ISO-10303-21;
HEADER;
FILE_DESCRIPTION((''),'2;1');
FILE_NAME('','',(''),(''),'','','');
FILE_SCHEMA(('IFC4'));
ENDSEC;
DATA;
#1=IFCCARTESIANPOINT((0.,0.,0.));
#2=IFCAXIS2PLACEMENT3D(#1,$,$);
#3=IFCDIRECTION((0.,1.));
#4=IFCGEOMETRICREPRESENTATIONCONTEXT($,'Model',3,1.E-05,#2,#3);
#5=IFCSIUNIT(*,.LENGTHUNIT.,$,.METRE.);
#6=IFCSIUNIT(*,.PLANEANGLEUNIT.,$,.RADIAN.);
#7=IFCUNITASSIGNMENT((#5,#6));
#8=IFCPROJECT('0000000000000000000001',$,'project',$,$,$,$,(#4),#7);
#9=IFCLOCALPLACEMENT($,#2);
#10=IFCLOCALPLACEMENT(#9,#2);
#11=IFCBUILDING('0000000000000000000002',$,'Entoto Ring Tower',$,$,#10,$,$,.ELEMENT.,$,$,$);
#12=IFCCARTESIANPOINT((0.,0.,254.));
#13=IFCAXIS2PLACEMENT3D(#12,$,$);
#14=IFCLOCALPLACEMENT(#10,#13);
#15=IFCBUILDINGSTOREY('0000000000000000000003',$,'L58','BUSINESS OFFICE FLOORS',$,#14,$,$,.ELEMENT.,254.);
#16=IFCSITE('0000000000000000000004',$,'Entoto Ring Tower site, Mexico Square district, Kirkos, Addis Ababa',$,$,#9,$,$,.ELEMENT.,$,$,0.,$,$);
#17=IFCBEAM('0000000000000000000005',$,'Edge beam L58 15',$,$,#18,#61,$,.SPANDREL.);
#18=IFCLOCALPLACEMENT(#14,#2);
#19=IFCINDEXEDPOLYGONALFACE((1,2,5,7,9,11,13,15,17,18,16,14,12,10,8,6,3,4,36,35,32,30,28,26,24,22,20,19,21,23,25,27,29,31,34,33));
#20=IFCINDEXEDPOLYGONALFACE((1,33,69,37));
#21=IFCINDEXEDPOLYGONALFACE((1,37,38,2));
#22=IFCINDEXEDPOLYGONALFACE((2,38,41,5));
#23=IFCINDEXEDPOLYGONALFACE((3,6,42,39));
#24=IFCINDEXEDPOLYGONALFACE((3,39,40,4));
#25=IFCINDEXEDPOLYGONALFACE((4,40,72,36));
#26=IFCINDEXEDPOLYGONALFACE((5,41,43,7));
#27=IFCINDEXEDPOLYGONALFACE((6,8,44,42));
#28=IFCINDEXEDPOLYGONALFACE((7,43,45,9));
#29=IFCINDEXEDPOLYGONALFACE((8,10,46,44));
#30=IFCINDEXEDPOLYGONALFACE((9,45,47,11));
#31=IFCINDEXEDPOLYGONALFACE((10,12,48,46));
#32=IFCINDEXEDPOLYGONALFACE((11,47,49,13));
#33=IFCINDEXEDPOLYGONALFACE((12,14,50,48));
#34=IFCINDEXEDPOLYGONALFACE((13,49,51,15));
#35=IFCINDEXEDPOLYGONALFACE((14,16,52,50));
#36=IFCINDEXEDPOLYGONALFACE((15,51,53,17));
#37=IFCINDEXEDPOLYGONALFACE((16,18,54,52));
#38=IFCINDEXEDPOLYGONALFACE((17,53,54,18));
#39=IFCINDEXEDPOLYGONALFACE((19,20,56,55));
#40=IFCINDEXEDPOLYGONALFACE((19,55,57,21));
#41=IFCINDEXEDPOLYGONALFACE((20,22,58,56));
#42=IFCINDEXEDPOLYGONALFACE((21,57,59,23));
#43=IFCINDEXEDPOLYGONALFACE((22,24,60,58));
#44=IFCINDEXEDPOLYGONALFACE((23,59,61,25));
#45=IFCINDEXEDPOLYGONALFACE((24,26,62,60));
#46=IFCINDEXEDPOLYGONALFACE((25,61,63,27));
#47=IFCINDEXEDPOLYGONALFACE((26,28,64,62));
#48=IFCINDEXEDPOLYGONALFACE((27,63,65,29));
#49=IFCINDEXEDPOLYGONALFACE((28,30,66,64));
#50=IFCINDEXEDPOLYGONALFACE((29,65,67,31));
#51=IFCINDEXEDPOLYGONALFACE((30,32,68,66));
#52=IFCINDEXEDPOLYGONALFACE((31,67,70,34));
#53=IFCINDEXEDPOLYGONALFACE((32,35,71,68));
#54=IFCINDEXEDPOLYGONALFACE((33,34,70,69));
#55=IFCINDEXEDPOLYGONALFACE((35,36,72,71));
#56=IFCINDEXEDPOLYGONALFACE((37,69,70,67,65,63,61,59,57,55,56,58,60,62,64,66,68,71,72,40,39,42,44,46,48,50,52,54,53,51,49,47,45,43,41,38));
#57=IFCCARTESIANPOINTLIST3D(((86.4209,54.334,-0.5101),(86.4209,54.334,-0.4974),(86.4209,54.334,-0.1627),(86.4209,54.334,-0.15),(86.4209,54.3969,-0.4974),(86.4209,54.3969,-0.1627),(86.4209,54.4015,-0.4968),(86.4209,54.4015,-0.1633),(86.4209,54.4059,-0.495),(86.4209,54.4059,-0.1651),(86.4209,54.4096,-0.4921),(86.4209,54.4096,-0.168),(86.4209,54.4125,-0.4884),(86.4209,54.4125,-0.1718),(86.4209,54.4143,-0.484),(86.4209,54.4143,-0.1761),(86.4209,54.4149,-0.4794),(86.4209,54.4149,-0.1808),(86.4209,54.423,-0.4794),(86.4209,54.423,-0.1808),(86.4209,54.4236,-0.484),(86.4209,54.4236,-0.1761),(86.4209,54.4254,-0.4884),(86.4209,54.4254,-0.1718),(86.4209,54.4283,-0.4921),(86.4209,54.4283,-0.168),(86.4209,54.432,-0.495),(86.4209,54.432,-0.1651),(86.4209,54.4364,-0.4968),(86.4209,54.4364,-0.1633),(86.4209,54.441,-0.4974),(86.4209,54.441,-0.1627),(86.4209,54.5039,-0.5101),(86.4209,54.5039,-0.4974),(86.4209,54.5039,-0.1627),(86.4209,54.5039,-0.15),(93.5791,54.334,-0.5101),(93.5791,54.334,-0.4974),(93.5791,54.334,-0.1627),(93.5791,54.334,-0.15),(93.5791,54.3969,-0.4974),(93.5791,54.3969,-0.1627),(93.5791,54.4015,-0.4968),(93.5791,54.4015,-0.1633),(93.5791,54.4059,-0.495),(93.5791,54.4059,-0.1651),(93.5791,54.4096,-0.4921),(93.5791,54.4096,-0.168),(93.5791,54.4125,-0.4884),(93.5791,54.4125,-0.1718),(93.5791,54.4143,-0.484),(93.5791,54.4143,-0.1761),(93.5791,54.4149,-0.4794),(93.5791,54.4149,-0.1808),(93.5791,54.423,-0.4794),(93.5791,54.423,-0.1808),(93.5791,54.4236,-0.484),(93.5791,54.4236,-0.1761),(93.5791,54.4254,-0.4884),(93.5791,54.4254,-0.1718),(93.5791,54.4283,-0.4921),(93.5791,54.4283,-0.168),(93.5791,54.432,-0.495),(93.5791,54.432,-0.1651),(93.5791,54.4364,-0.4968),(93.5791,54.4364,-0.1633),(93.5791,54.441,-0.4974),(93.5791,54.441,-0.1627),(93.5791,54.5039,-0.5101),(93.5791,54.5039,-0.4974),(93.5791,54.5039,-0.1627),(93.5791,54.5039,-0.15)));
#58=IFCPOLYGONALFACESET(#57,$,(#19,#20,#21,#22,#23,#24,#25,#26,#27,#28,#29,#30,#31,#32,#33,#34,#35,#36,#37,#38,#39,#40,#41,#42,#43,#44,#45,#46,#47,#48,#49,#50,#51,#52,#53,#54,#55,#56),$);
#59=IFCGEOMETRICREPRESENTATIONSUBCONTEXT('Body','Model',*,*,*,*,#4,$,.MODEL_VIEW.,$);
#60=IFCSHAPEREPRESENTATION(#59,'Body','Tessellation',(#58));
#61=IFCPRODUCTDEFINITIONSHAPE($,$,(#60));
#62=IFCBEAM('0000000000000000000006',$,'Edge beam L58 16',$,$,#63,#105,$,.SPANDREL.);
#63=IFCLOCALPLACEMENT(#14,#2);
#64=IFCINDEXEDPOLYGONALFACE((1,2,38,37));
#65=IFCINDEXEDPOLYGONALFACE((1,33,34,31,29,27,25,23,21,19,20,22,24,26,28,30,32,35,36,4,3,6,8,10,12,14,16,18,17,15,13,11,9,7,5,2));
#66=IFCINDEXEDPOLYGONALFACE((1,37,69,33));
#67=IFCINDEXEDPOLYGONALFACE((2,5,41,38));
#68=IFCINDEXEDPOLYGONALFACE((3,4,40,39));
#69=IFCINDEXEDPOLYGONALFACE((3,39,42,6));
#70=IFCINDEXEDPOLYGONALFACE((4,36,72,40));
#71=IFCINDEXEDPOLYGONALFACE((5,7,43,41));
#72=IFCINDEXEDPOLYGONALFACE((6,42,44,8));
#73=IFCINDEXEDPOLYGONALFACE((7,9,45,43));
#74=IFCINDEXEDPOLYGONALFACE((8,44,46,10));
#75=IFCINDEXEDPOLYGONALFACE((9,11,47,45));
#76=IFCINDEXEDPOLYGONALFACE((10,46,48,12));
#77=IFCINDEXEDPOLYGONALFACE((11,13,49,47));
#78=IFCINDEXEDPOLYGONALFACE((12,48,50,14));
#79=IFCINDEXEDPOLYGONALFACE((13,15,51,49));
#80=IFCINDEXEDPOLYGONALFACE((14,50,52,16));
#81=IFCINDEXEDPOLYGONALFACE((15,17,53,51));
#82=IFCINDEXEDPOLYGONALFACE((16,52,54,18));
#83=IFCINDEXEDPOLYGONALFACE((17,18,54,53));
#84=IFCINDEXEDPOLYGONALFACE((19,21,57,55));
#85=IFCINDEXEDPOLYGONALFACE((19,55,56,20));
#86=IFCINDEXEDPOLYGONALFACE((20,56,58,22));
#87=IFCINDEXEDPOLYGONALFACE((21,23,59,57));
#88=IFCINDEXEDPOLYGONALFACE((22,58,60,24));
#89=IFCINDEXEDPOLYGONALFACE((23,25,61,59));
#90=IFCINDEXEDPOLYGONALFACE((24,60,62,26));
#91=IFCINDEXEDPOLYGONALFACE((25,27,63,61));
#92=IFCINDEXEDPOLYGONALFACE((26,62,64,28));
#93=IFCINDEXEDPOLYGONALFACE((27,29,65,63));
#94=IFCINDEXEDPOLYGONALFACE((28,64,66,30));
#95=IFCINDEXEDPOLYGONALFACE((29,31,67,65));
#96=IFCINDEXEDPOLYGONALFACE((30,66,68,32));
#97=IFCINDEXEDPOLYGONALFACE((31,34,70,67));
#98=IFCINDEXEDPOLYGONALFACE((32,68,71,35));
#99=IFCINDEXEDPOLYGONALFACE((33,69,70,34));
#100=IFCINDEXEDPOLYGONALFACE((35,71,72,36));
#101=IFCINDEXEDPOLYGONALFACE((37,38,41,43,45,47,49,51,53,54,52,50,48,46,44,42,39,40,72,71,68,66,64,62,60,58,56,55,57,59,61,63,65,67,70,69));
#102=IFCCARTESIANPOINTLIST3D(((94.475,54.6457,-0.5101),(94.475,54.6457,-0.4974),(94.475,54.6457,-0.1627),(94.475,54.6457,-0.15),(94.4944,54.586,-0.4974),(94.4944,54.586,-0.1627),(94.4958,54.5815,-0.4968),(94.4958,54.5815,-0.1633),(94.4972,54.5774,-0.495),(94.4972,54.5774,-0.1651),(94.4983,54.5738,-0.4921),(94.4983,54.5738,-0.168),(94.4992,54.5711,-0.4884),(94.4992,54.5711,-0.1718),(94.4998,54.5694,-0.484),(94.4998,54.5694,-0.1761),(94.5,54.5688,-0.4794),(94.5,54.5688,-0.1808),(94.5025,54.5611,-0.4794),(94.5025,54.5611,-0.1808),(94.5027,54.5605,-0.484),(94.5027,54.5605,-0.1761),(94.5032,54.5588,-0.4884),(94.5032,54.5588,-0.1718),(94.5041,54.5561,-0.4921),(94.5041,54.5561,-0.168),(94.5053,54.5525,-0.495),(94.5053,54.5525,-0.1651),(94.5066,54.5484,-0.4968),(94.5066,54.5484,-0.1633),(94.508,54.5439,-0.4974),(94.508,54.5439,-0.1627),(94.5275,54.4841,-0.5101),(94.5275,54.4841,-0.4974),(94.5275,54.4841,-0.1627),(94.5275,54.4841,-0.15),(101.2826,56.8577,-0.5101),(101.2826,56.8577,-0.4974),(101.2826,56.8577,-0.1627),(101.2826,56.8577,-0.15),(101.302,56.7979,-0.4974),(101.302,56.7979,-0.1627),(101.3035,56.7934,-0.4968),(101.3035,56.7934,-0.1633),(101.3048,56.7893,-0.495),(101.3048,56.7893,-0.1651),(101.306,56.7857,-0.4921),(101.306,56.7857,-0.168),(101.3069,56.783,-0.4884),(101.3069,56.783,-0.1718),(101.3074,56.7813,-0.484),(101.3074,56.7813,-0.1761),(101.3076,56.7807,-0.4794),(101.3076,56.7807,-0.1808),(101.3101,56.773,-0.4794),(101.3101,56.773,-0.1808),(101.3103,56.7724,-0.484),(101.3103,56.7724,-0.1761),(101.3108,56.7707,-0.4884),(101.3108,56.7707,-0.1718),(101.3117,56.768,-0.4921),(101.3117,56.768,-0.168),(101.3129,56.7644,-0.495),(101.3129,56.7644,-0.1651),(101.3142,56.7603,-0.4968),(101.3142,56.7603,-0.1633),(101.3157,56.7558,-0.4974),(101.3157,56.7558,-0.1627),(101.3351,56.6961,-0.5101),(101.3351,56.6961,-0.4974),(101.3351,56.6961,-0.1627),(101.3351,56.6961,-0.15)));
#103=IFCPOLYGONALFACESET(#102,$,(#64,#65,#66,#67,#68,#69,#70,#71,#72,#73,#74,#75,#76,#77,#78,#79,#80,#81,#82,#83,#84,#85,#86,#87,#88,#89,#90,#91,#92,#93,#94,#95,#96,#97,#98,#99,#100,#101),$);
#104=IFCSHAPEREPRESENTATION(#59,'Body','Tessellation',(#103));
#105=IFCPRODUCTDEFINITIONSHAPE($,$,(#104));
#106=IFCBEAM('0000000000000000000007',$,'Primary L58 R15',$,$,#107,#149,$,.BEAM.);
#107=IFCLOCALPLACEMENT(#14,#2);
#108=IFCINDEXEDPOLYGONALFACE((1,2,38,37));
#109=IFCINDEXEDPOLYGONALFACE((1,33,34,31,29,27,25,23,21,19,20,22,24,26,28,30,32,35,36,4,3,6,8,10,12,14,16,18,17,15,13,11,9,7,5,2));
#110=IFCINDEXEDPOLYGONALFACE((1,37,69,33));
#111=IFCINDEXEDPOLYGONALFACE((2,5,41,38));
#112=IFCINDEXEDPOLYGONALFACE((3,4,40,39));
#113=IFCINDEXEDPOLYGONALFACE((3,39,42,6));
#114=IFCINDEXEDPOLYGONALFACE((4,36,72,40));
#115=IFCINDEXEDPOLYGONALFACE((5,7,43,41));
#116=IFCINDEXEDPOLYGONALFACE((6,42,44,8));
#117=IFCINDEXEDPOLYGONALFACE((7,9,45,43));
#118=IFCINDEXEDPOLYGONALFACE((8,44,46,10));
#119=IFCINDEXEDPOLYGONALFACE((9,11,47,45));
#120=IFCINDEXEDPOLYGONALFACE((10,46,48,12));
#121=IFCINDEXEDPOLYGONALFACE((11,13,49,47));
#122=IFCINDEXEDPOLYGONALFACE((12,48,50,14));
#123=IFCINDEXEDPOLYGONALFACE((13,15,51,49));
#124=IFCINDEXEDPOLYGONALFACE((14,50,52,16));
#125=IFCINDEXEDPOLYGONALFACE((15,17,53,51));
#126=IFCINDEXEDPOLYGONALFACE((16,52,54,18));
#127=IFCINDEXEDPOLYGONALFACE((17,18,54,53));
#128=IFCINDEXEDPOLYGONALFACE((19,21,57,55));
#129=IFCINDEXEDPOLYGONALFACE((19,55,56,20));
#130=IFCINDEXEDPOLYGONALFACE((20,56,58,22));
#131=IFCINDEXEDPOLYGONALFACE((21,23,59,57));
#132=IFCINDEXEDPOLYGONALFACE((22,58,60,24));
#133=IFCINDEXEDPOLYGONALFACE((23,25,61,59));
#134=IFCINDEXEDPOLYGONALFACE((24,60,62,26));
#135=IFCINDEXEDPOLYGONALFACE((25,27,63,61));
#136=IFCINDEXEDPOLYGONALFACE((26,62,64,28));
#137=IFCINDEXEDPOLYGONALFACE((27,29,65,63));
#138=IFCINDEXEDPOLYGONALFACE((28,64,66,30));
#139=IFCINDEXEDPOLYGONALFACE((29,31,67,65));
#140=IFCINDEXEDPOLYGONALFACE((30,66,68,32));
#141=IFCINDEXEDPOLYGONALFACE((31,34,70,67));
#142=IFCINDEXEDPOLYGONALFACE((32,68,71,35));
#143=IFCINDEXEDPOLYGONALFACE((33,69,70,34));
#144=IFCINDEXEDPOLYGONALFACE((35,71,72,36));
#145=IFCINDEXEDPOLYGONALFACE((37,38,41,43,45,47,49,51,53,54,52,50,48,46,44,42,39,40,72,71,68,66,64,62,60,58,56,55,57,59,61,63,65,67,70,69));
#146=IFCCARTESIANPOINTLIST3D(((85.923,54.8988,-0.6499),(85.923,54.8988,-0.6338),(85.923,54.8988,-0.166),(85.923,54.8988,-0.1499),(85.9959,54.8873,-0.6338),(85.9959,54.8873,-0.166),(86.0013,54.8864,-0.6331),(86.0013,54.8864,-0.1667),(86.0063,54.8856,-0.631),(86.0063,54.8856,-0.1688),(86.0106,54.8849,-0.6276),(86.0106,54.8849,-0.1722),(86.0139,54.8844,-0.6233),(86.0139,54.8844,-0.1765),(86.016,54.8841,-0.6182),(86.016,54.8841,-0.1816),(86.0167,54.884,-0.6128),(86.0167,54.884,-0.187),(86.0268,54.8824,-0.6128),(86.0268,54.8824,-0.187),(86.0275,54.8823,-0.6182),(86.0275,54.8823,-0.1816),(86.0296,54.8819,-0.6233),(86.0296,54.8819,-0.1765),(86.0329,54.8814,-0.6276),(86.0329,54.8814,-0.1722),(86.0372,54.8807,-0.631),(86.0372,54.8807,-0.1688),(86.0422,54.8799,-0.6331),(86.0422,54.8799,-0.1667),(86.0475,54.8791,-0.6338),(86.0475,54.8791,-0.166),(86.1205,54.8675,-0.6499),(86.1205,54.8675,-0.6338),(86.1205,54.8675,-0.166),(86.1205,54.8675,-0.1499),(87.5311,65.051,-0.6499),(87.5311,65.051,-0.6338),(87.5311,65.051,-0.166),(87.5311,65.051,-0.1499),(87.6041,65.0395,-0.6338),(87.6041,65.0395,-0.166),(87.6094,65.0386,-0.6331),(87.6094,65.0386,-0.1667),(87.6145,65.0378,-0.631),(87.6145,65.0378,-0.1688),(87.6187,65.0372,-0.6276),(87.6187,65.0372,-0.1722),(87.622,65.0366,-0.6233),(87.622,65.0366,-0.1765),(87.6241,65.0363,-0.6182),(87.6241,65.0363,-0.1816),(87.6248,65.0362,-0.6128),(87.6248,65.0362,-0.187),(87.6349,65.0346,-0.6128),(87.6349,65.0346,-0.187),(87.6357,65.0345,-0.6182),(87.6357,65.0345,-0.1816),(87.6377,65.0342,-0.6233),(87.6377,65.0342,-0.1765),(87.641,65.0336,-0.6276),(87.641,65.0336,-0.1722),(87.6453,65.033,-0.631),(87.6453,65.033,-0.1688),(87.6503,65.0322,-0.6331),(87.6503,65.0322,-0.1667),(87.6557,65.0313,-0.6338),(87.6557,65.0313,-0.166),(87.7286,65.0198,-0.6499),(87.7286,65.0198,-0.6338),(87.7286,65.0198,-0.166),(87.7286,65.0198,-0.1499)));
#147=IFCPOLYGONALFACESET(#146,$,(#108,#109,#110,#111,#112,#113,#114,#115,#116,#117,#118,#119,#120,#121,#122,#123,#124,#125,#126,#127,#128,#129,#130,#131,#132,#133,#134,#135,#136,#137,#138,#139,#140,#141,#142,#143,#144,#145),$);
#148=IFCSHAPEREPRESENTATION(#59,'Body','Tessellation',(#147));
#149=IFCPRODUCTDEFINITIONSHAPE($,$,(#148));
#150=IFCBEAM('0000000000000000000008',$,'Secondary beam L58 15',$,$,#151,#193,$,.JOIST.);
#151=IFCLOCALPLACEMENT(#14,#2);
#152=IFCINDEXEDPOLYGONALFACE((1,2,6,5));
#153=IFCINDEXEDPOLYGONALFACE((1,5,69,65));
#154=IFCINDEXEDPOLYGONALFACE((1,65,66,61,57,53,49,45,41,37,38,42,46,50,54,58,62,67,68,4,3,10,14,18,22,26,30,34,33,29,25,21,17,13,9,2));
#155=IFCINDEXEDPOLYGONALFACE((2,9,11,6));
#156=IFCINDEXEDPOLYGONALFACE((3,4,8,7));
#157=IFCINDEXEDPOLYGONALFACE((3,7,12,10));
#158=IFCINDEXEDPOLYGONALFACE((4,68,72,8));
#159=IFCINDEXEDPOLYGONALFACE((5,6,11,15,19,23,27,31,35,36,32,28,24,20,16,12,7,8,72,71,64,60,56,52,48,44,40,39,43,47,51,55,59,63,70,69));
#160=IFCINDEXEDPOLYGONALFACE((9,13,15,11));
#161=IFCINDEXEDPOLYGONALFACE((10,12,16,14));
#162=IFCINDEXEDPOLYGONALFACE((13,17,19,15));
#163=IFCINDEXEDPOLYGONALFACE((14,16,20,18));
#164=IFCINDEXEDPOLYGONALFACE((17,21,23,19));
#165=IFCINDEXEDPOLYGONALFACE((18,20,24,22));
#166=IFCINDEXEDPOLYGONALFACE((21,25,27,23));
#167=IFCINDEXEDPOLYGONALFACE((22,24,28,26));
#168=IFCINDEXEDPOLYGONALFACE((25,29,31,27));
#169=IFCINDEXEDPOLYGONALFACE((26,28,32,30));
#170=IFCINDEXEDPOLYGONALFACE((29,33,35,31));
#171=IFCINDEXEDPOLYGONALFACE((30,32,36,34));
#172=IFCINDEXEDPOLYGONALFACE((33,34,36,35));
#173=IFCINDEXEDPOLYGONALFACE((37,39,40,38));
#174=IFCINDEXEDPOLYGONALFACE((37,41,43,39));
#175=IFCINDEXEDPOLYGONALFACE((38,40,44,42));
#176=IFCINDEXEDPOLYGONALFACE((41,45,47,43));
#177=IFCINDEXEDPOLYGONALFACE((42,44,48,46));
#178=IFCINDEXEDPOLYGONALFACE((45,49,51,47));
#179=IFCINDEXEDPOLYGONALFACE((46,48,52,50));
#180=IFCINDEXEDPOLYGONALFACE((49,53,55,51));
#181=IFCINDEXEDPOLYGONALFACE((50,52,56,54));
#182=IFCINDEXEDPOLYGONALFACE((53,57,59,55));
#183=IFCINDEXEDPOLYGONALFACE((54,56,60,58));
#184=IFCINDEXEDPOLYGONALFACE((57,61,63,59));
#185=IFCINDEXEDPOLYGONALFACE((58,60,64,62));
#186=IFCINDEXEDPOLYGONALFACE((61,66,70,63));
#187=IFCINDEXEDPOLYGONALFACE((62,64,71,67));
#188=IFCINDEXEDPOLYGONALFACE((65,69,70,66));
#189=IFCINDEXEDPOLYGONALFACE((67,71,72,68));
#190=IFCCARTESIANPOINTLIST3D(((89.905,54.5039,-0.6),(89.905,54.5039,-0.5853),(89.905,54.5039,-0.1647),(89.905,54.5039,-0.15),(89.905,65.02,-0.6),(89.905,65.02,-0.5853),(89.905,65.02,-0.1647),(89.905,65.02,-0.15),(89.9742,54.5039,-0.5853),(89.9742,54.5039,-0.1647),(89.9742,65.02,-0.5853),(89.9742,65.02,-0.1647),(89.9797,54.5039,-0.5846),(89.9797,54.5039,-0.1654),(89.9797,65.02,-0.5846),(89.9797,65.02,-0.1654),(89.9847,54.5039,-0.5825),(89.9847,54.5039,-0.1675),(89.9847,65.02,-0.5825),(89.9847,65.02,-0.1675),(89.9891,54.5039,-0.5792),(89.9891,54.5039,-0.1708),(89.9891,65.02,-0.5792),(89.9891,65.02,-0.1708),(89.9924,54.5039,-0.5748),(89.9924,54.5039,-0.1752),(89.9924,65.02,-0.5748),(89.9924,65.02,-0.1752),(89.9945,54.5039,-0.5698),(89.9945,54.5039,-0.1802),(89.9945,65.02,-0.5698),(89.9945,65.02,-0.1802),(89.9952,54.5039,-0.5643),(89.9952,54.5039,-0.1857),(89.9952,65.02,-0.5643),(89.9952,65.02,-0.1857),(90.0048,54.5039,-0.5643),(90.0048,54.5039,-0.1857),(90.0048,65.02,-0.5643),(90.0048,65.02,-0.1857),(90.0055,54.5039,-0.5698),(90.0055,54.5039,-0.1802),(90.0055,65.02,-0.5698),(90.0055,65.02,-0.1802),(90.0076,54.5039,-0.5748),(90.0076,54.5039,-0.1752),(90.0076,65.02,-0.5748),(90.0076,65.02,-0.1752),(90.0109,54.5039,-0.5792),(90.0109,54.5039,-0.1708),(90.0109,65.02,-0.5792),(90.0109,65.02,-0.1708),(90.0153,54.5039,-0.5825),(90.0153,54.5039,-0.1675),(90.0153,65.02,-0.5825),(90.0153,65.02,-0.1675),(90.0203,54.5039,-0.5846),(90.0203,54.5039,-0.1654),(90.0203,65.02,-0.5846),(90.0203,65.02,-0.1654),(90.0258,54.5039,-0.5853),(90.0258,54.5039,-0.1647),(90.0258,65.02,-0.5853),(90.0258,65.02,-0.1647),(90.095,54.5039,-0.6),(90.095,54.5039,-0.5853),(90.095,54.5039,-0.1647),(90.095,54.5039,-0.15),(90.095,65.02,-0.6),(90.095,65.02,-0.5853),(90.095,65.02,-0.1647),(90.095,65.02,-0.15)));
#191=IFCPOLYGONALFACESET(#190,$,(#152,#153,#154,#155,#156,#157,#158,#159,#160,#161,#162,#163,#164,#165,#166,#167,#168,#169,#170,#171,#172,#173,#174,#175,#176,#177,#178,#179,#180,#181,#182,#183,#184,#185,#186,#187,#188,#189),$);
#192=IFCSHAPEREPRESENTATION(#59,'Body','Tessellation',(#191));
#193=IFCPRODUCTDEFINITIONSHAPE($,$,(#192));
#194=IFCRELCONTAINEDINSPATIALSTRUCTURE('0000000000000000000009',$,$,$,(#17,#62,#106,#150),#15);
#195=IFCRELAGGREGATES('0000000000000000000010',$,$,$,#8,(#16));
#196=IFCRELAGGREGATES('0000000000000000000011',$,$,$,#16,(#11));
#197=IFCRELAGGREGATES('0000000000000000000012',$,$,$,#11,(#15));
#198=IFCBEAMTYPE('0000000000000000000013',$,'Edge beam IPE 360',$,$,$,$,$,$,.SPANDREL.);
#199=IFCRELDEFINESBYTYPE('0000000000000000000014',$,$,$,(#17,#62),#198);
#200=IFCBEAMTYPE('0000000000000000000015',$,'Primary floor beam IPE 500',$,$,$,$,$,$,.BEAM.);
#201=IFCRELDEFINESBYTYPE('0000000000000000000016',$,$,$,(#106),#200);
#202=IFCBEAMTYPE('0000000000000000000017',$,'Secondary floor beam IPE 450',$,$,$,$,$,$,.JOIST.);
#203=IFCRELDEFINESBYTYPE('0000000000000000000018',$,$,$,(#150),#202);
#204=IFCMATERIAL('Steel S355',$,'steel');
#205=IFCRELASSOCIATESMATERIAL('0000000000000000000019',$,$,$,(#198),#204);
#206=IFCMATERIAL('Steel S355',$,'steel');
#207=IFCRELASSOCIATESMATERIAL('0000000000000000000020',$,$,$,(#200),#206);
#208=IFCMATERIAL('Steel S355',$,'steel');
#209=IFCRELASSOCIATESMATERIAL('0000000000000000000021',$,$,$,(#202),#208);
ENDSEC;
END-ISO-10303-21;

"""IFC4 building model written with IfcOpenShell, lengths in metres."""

from ifc_helpers import new_model, si_unit, direction, frame, origin, origin_2d, place, context, subcontext, project, spatial, i_section, extrude, material, material_profile, profile_set, type_object, element, save


model = new_model("IFC4")

# Units and contexts
model_context = context("Model", 3, precision=1e-05, world=origin(), true_north=direction((0.0, 1.0)))
body_context = subcontext(model_context, "Body", "Model", "MODEL_VIEW")
ifc_project = project(units=[si_unit("LENGTHUNIT", "METRE"), si_unit("PLANEANGLEUNIT", "RADIAN")], contexts=[model_context])

# Site, building, storey
site_placement = place(None, origin())
site = spatial("IfcSite", under=ifc_project, at=site_placement, Name="Entoto Ring Tower site, Mexico Square district, Kirkos, Addis Ababa", CompositionType="ELEMENT", RefElevation=0.0)
building_placement = place(site_placement, origin())
building = spatial("IfcBuilding", under=site, at=building_placement, Name="Entoto Ring Tower", CompositionType="ELEMENT")
storey_placement = place(building_placement, frame((0.0, 0.0, 254.0)))
storey = spatial("IfcBuildingStorey", under=building, at=storey_placement, Name="L58", Description="BUSINESS OFFICE FLOORS", CompositionType="ELEMENT", Elevation=254.0)

# Beams
ifc_material_1 = material(Name="Steel S355", Category="steel")
ifc_material_profile_1 = material_profile(ifc_material_1, i_section(OverallWidth=0.1699, OverallDepth=0.3601, WebThickness=0.0081, FlangeThickness=0.0127, FilletRadius=0.0181, at=origin_2d()), Name="IPE 360")
ifc_profile_set_1 = profile_set([ifc_material_profile_1], Name="Steel S355")
beam_type_1 = type_object("IfcBeamType", Name="Edge beam IPE 360", PredefinedType="SPANDREL", material=ifc_profile_set_1)
beam_1_placement = place(storey_placement, frame((86.4209, 54.4189, -0.3301), z_axis=(1.0, 0.0, 0.0), x_axis=(0.0, 1.0, 0.0)))
element("IfcBeam", 1, at=beam_1_placement, inside=storey, type_object=beam_type_1, Name="Edge beam L58 15", PredefinedType="SPANDREL", context=body_context, shape_type="SweptSolid", body=[
    extrude(i_section(OverallWidth=0.1699, OverallDepth=0.3601, WebThickness=0.0081, FlangeThickness=0.0127, FilletRadius=0.0181, at=origin_2d()), origin(), (0.0, 0.0, 1.0), 7.1582),
])
beam_2_placement = place(storey_placement, frame((94.5012, 54.5649, -0.3301), z_axis=(0.951057, 0.309015, 0.0), x_axis=(-0.309015, 0.951057, 0.0)))
element("IfcBeam", 2, at=beam_2_placement, inside=storey, type_object=beam_type_1, Name="Edge beam L58 16", PredefinedType="SPANDREL", context=body_context, shape_type="SweptSolid", body=[
    extrude(i_section(OverallWidth=0.1699, OverallDepth=0.3601, WebThickness=0.0081, FlangeThickness=0.0127, FilletRadius=0.0181, at=origin_2d()), origin(), (0.0, 0.0, 1.0), 7.158),
])
ifc_material_2 = material(Name="Steel S355", Category="steel")
ifc_material_profile_2 = material_profile(ifc_material_2, i_section(OverallWidth=0.2, OverallDepth=0.5, WebThickness=0.0103, FlangeThickness=0.0161, FilletRadius=0.021, at=origin_2d()), Name="IPE 500")
ifc_profile_set_2 = profile_set([ifc_material_profile_2], Name="Steel S355")
beam_type_2 = type_object("IfcBeamType", Name="Primary floor beam IPE 500", PredefinedType="BEAM", material=ifc_profile_set_2)
beam_3_placement = place(storey_placement, frame((87.6299, 65.0354, -0.3999), z_axis=(-0.156452, -0.987686, 0.0), x_axis=(0.987686, -0.156452, 0.0)))
element("IfcBeam", 3, at=beam_3_placement, inside=storey, type_object=beam_type_2, Name="Primary L58 R15", PredefinedType="BEAM", context=body_context, shape_type="SweptSolid", body=[
    extrude(i_section(OverallWidth=0.2, OverallDepth=0.5, WebThickness=0.0103, FlangeThickness=0.0161, FilletRadius=0.021, at=origin_2d()), origin(), (0.0, 0.0, 1.0), 10.2788),
])
ifc_material_3 = material(Name="Steel S355", Category="steel")
ifc_material_profile_3 = material_profile(ifc_material_3, i_section(OverallWidth=0.1899, OverallDepth=0.45, WebThickness=0.0095, FlangeThickness=0.0146, FilletRadius=0.021, at=origin_2d()), Name="IPE 450")
ifc_profile_set_3 = profile_set([ifc_material_profile_3], Name="Steel S355")
beam_type_3 = type_object("IfcBeamType", Name="Secondary floor beam IPE 450", PredefinedType="JOIST", material=ifc_profile_set_3)
beam_4_placement = place(storey_placement, frame((90.0, 65.02, -0.375), z_axis=(0.0, -1.0, 0.0), x_axis=(1.0, 0.0, 0.0)))
element("IfcBeam", 4, at=beam_4_placement, inside=storey, type_object=beam_type_3, Name="Secondary beam L58 15", PredefinedType="JOIST", context=body_context, shape_type="SweptSolid", body=[
    extrude(i_section(OverallWidth=0.1899, OverallDepth=0.45, WebThickness=0.0095, FlangeThickness=0.0146, FilletRadius=0.021, at=origin_2d()), origin(), (0.0, 0.0, 1.0), 10.5161),
])

save(model, "model.ifc")
